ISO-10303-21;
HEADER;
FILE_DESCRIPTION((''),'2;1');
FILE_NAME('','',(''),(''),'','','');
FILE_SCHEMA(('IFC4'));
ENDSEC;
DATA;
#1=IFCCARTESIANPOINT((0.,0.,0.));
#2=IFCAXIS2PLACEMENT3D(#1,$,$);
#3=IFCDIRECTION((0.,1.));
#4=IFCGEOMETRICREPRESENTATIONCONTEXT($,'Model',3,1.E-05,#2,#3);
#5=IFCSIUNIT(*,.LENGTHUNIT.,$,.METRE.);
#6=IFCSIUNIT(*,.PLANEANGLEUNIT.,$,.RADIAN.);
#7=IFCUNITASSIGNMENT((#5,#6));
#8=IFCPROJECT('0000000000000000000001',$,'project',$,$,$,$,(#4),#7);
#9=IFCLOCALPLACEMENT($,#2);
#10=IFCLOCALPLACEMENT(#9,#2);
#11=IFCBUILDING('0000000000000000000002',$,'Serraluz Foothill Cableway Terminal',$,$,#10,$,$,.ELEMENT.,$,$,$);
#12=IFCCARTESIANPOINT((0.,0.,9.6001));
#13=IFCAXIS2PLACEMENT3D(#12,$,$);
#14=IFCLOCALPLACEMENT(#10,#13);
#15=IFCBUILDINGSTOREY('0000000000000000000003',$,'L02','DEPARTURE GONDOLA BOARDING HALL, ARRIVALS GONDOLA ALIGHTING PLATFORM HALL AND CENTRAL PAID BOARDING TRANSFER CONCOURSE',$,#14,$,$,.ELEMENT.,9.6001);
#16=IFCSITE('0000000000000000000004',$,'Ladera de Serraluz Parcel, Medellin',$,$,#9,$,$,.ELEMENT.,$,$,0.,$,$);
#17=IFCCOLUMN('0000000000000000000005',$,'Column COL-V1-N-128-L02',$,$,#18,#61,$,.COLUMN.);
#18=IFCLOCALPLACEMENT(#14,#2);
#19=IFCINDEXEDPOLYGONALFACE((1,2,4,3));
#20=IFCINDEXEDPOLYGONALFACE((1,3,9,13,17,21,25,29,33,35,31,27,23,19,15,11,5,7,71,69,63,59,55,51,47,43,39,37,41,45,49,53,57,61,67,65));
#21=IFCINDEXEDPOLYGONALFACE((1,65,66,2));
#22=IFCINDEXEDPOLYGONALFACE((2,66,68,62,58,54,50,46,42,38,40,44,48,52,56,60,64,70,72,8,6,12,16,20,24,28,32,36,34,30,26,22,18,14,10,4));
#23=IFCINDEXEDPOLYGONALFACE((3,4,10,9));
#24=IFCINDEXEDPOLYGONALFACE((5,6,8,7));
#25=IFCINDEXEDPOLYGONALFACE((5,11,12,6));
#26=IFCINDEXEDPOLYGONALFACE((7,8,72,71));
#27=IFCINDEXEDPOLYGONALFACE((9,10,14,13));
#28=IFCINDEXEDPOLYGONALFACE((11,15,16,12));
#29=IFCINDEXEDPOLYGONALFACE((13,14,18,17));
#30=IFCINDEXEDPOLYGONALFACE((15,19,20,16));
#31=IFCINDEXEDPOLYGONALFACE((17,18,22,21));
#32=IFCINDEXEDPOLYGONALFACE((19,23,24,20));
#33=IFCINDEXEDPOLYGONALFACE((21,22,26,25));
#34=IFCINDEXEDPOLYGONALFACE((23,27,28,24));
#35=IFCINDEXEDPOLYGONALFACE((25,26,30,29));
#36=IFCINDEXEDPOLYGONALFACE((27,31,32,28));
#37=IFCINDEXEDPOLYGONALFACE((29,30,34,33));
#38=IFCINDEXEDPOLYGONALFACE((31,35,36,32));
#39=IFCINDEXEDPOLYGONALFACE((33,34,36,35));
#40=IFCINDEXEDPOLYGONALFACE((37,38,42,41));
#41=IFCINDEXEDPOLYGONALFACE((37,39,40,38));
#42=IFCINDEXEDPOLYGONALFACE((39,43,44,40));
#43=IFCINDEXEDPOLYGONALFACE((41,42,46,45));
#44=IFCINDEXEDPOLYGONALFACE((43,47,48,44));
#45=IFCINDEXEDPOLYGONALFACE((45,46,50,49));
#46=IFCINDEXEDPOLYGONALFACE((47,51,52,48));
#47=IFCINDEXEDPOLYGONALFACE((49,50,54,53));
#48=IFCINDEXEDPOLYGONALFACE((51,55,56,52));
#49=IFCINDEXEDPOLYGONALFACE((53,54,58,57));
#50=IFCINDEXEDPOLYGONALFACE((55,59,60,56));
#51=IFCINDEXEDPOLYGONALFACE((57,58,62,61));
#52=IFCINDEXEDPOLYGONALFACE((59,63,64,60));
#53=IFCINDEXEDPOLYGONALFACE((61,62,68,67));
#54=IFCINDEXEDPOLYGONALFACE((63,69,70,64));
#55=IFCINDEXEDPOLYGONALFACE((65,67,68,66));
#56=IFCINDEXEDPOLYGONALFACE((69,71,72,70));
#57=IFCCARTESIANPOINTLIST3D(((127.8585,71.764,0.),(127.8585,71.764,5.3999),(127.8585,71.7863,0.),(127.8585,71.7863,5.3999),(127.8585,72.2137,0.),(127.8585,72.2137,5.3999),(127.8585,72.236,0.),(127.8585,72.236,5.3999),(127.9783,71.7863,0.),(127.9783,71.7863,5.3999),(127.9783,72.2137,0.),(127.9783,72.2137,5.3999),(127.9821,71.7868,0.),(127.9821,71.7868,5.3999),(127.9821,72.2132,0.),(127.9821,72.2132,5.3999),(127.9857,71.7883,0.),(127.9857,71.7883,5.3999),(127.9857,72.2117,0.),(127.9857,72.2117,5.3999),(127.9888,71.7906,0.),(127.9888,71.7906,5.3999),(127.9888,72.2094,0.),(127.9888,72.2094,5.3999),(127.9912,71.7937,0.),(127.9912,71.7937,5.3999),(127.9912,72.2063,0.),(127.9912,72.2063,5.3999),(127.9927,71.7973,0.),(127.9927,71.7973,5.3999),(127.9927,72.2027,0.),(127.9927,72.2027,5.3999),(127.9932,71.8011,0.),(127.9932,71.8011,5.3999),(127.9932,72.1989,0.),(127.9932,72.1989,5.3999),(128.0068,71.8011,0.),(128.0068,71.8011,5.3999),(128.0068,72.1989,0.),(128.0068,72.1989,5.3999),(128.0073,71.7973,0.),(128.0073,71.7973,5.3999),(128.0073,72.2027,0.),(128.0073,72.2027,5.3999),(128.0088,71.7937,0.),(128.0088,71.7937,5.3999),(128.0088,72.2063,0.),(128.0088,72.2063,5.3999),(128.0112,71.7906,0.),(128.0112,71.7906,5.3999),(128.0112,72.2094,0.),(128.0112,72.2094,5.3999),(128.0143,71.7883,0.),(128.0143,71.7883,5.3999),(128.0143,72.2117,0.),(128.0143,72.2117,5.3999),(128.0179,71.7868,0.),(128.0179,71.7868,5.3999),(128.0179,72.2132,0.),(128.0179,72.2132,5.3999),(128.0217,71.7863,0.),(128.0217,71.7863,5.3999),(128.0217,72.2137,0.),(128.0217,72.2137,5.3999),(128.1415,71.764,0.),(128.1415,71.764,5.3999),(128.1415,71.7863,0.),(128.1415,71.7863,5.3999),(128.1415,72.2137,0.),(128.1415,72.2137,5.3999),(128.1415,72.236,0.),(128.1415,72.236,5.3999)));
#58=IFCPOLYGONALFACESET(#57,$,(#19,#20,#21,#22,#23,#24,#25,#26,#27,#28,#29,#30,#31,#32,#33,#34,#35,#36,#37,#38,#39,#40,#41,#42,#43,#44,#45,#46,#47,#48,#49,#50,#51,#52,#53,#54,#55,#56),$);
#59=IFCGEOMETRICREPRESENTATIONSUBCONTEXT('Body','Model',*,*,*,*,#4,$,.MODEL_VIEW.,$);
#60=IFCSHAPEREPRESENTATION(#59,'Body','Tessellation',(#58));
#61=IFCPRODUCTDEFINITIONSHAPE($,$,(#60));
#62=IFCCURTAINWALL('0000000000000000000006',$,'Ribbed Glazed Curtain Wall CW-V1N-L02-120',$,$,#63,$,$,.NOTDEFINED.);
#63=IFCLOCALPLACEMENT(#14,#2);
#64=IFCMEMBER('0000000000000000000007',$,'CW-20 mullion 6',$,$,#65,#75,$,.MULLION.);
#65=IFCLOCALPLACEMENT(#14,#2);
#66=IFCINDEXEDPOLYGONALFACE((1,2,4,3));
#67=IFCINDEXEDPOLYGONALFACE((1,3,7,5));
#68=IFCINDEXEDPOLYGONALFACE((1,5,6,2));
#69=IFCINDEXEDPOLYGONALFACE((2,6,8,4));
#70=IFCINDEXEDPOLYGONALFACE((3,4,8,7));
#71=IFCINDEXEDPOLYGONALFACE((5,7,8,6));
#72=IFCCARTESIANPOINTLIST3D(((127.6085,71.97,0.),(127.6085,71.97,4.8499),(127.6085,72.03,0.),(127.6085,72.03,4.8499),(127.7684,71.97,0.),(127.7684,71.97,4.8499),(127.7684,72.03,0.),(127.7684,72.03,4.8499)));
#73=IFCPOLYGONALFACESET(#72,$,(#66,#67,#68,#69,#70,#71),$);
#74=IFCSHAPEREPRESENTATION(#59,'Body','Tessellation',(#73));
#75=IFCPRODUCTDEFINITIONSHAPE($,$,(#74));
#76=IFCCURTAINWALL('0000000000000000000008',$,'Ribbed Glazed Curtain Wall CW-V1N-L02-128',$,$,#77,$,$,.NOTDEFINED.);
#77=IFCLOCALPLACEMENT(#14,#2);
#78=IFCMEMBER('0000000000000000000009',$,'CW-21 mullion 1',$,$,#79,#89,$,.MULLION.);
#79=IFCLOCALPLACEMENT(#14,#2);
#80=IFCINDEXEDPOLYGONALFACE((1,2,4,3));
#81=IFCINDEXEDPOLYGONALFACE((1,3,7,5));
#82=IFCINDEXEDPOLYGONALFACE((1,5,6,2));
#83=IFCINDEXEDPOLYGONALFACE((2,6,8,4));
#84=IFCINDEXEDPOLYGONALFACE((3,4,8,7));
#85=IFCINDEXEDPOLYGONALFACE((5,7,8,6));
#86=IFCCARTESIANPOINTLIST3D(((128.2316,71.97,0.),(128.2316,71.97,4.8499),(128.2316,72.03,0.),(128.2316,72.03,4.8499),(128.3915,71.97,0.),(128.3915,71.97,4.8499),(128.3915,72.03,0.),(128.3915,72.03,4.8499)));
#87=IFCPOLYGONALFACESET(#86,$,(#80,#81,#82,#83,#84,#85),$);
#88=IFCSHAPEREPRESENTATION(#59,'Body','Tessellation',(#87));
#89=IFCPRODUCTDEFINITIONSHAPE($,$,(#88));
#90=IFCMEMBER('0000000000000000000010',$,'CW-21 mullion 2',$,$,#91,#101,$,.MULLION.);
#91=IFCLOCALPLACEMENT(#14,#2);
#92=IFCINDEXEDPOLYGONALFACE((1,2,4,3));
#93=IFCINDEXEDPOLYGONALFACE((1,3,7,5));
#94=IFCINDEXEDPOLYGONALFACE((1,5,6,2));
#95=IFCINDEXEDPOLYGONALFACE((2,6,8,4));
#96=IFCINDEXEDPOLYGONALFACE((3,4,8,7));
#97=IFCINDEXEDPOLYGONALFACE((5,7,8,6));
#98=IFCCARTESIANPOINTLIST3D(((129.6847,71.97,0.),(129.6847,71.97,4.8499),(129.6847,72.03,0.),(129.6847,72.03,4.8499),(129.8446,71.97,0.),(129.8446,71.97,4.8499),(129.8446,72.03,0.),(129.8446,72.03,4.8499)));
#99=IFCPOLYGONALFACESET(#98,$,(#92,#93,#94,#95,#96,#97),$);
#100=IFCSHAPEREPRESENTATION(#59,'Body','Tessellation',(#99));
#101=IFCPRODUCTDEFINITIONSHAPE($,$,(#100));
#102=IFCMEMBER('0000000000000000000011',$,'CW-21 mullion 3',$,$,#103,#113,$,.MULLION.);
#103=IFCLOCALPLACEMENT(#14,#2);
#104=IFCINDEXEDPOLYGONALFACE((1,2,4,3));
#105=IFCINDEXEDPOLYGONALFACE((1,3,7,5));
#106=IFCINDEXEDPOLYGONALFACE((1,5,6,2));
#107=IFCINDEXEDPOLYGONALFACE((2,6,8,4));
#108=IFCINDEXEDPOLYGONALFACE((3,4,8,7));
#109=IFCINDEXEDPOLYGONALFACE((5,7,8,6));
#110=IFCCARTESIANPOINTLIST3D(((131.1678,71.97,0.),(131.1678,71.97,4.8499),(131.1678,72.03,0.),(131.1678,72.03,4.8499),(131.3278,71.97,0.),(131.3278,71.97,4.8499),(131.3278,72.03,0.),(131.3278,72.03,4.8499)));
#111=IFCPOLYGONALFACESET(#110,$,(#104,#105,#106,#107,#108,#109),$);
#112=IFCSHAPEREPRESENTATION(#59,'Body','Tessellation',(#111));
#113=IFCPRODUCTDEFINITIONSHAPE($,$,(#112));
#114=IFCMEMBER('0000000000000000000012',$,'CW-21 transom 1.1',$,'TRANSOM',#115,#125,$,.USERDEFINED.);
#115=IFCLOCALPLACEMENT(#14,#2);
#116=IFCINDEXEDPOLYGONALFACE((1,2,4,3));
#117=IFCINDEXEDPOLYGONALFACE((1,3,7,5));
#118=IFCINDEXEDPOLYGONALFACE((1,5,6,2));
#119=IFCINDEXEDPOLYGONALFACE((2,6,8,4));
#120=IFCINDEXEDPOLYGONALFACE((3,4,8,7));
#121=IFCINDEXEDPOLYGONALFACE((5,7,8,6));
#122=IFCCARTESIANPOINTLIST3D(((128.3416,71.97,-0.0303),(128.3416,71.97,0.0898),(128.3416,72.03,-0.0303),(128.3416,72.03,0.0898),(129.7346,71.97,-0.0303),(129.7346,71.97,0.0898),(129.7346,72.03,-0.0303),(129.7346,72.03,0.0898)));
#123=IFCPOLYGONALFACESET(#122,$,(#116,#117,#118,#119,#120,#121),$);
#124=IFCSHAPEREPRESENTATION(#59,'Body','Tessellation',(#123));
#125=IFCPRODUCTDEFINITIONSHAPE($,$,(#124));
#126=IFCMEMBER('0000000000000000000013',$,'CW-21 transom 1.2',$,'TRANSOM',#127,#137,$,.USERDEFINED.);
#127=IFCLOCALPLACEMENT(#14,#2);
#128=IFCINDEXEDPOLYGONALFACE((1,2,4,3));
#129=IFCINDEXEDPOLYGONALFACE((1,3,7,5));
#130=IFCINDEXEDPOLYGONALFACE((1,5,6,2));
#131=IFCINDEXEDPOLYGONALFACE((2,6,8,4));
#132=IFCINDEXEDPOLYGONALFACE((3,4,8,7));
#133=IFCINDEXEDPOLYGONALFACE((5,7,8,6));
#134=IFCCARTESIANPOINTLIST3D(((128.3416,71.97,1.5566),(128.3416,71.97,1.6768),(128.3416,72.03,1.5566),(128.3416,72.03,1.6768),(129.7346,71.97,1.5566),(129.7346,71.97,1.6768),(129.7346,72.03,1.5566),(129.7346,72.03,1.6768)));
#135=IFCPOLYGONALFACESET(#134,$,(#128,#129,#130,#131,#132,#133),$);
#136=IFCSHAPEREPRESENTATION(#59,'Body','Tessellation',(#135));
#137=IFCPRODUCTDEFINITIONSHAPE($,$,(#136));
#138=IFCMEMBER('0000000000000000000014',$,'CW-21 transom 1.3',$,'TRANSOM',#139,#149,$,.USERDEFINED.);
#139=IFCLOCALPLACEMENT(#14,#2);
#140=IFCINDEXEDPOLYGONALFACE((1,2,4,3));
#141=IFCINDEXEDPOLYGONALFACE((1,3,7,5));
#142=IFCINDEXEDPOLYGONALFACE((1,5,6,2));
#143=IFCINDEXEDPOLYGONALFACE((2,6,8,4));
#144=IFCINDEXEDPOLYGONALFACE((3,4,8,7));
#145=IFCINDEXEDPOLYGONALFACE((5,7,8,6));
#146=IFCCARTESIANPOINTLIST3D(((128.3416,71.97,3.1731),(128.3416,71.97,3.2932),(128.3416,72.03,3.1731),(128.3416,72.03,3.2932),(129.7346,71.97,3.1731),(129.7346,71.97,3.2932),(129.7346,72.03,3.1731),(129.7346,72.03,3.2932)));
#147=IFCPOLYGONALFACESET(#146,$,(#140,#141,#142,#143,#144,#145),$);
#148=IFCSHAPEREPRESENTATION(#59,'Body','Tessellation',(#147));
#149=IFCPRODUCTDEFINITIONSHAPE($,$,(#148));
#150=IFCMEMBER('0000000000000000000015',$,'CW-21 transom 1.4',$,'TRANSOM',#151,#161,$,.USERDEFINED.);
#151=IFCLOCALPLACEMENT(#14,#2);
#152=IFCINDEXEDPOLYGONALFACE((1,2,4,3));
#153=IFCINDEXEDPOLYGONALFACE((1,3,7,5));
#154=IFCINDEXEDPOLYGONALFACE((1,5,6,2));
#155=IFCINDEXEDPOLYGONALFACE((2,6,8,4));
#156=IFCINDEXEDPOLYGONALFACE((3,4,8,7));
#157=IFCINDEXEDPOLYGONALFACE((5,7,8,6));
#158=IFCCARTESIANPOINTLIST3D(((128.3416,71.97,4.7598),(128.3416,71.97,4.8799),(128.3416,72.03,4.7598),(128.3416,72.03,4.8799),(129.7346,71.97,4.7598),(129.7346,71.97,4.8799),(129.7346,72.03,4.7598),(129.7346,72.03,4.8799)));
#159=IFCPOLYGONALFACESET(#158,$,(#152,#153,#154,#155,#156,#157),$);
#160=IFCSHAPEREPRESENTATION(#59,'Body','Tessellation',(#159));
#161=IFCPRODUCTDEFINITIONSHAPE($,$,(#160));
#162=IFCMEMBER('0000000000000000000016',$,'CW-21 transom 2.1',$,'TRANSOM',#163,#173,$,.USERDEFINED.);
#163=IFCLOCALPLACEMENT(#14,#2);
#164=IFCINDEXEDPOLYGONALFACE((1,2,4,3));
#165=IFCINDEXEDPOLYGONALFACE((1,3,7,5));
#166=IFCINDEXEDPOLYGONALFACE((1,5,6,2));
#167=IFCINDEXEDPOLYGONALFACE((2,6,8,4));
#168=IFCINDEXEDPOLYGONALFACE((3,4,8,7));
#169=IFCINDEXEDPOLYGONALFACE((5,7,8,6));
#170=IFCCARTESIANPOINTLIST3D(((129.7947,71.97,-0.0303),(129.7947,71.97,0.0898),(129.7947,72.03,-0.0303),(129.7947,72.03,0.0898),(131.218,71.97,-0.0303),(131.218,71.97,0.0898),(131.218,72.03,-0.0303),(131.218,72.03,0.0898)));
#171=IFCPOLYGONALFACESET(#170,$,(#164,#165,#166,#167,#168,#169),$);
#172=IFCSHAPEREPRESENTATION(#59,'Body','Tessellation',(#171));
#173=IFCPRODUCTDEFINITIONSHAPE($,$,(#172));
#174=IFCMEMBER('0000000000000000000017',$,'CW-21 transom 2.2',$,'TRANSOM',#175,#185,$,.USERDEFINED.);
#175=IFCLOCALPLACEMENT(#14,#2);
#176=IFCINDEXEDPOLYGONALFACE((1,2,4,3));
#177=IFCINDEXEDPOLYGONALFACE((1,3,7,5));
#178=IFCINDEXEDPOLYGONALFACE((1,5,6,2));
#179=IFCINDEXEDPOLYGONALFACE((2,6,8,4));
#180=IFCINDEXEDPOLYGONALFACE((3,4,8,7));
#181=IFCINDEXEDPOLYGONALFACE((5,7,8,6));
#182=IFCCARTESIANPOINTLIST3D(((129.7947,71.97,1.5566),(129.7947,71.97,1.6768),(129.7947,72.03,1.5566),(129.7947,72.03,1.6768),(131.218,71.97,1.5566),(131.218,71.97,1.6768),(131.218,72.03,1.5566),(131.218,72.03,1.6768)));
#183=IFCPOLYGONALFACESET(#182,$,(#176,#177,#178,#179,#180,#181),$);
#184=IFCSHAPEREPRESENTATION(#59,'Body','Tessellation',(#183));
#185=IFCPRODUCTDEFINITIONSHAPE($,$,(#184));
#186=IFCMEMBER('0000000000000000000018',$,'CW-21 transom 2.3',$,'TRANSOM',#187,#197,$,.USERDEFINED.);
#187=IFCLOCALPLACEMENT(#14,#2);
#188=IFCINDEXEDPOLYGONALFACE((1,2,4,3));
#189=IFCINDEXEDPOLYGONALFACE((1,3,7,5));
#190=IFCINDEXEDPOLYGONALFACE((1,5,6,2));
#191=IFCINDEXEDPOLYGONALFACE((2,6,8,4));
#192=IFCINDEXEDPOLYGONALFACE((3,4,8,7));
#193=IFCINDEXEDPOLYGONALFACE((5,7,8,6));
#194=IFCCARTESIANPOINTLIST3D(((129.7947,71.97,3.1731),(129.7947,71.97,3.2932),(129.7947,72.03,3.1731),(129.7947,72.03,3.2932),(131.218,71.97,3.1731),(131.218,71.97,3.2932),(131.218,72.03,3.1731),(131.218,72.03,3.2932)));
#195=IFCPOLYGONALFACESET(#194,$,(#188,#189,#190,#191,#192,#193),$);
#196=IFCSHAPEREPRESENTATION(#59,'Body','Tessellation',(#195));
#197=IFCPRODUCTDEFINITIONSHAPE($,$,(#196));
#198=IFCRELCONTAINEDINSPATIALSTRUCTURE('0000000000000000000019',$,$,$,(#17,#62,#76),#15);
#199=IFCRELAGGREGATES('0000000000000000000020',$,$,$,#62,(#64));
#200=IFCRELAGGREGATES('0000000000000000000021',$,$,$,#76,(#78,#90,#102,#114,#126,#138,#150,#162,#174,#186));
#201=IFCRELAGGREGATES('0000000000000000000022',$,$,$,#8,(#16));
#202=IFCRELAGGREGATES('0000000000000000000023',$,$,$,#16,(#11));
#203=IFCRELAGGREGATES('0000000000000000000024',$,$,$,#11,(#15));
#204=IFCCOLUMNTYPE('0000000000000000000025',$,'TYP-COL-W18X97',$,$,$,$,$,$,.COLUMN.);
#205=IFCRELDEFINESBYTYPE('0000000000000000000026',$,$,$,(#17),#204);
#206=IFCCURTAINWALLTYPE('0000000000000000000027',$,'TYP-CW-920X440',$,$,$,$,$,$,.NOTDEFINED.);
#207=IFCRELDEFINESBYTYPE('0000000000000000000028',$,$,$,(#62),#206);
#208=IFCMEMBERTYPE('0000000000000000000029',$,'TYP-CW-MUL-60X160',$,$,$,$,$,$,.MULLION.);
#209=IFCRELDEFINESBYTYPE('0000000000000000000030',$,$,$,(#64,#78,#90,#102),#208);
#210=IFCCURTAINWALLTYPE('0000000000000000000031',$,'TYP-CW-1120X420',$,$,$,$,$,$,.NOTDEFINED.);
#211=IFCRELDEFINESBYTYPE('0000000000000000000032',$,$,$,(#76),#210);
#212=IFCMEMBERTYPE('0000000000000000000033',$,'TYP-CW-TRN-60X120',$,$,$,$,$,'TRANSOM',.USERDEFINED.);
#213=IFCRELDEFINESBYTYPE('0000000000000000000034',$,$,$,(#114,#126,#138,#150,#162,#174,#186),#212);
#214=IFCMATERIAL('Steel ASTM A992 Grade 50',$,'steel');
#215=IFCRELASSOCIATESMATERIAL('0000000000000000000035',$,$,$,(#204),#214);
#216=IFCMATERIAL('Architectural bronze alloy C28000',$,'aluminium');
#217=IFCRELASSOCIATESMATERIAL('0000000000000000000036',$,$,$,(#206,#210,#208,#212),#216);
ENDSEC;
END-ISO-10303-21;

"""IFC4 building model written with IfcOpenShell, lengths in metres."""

from ifc_helpers import new_model, si_unit, direction, frame, origin, origin_2d, place, context, subcontext, project, spatial, rectangle, i_section, extrude, material, material_profile, profile_set, type_object, element, aggregate, save


model = new_model("IFC4")

# Units and contexts
model_context = context("Model", 3, precision=1e-05, world=origin(), true_north=direction((0.0, 1.0)))
body_context = subcontext(model_context, "Body", "Model", "MODEL_VIEW")
ifc_project = project(units=[si_unit("LENGTHUNIT", "METRE"), si_unit("PLANEANGLEUNIT", "RADIAN")], contexts=[model_context])

# Site, building, storey
site_placement = place(None, origin())
site = spatial("IfcSite", under=ifc_project, at=site_placement, Name="Ladera de Serraluz Parcel, Medellin", CompositionType="ELEMENT", RefElevation=0.0)
building_placement = place(site_placement, origin())
building = spatial("IfcBuilding", under=site, at=building_placement, Name="Serraluz Foothill Cableway Terminal", CompositionType="ELEMENT")
storey_placement = place(building_placement, frame((0.0, 0.0, 9.6001)))
storey = spatial("IfcBuildingStorey", under=building, at=storey_placement, Name="L02", Description="DEPARTURE GONDOLA BOARDING HALL, ARRIVALS GONDOLA ALIGHTING PLATFORM HALL AND CENTRAL PAID BOARDING TRANSFER CONCOURSE", CompositionType="ELEMENT", Elevation=9.6001)

# Column
ifc_material_1 = material(Name="Steel ASTM A992 Grade 50", Category="steel")
ifc_material_profile_1 = material_profile(ifc_material_1, i_section(OverallWidth=0.283, OverallDepth=0.4719, WebThickness=0.0137, FlangeThickness=0.0222, FilletRadius=0.0149, at=origin_2d()), Name="W18X97")
ifc_profile_set_1 = profile_set([ifc_material_profile_1], Name="Steel ASTM A992 Grade 50")
column_type = type_object("IfcColumnType", Name="TYP-COL-W18X97", PredefinedType="COLUMN", material=ifc_profile_set_1)
column_placement = place(storey_placement, frame((128.0, 72.0, 0.0), z_axis=(0.0, 0.0, 1.0), x_axis=(1.0, 0.0, 0.0)))
element("IfcColumn", 1, at=column_placement, inside=storey, type_object=column_type, Name="Column COL-V1-N-128-L02", PredefinedType="COLUMN", context=body_context, shape_type="SweptSolid", body=[
    extrude(i_section(OverallWidth=0.283, OverallDepth=0.4719, WebThickness=0.0137, FlangeThickness=0.0222, FilletRadius=0.0149, at=origin_2d()), origin(), (0.0, 0.0, 1.0), 5.3999),
])

# Curtain wall, member
ifc_material_2 = material(Name="Architectural bronze alloy C28000", Category="aluminium")
curtain_wall_type_1 = type_object("IfcCurtainWallType", Name="TYP-CW-920X440", PredefinedType="NOTDEFINED", material=ifc_material_2)
curtain_wall_1_placement = place(storey_placement, origin())
curtain_wall_1 = element("IfcCurtainWall", 2, at=curtain_wall_1_placement, inside=storey, type_object=curtain_wall_type_1, Name="Ribbed Glazed Curtain Wall CW-V1N-L02-120", PredefinedType="NOTDEFINED")
ifc_material_profile_2 = material_profile(ifc_material_2, rectangle(XDim=0.0601, YDim=0.1599, at=origin_2d()), Name="ALU MULLION 60x160")
ifc_profile_set_2 = profile_set([ifc_material_profile_2], Name="Architectural bronze alloy C28000")
member_type_1 = type_object("IfcMemberType", Name="TYP-CW-MUL-60X160", PredefinedType="MULLION", material=ifc_profile_set_2)
member_1_placement = place(storey_placement, frame((127.6885, 72.0, 0.0), z_axis=(0.0, 0.0, 1.0), x_axis=(0.0, 1.0, 0.0)))
member_1 = element("IfcMember", 3, at=member_1_placement, type_object=member_type_1, Name="CW-20 mullion 6", PredefinedType="MULLION", context=body_context, shape_type="SweptSolid", body=[
    extrude(rectangle(XDim=0.0601, YDim=0.1599, at=origin_2d()), origin(), (0.0, 0.0, 1.0), 4.8499),
])

# Curtain wall, members
curtain_wall_type_2 = type_object("IfcCurtainWallType", Name="TYP-CW-1120X420", PredefinedType="NOTDEFINED", material=ifc_material_2)
curtain_wall_2_placement = place(storey_placement, origin())
curtain_wall_2 = element("IfcCurtainWall", 4, at=curtain_wall_2_placement, inside=storey, type_object=curtain_wall_type_2, Name="Ribbed Glazed Curtain Wall CW-V1N-L02-128", PredefinedType="NOTDEFINED")
member_2_placement = place(storey_placement, frame((128.3115, 72.0, 0.0), z_axis=(0.0, 0.0, 1.0), x_axis=(0.0, 1.0, 0.0)))
member_2 = element("IfcMember", 5, at=member_2_placement, type_object=member_type_1, Name="CW-21 mullion 1", PredefinedType="MULLION", context=body_context, shape_type="SweptSolid", body=[
    extrude(rectangle(XDim=0.0601, YDim=0.1599, at=origin_2d()), origin(), (0.0, 0.0, 1.0), 4.8499),
])
member_3_placement = place(storey_placement, frame((129.7646, 72.0, 0.0), z_axis=(0.0, 0.0, 1.0), x_axis=(0.0, 1.0, 0.0)))
member_3 = element("IfcMember", 6, at=member_3_placement, type_object=member_type_1, Name="CW-21 mullion 2", PredefinedType="MULLION", context=body_context, shape_type="SweptSolid", body=[
    extrude(rectangle(XDim=0.0601, YDim=0.1599, at=origin_2d()), origin(), (0.0, 0.0, 1.0), 4.8499),
])
member_4_placement = place(storey_placement, frame((131.2478, 72.0, 0.0), z_axis=(0.0, 0.0, 1.0), x_axis=(0.0, 1.0, 0.0)))
member_4 = element("IfcMember", 7, at=member_4_placement, type_object=member_type_1, Name="CW-21 mullion 3", PredefinedType="MULLION", context=body_context, shape_type="SweptSolid", body=[
    extrude(rectangle(XDim=0.0601, YDim=0.1599, at=origin_2d()), origin(), (0.0, 0.0, 1.0), 4.8499),
])
ifc_material_profile_3 = material_profile(ifc_material_2, rectangle(XDim=0.0601, YDim=0.1201, at=origin_2d()), Name="ALU TRANSOM 60x120")
ifc_profile_set_3 = profile_set([ifc_material_profile_3], Name="Architectural bronze alloy C28000")
member_type_2 = type_object("IfcMemberType", Name="TYP-CW-TRN-60X120", ElementType="TRANSOM", PredefinedType="USERDEFINED", material=ifc_profile_set_3)
member_5_placement = place(storey_placement, frame((128.3416, 72.0, 0.0298), z_axis=(1.0, 0.0, 0.0), x_axis=(0.0, 1.0, 0.0)))
member_5 = element("IfcMember", 8, at=member_5_placement, type_object=member_type_2, Name="CW-21 transom 1.1", ObjectType="TRANSOM", PredefinedType="USERDEFINED", context=body_context, shape_type="SweptSolid", body=[
    extrude(rectangle(XDim=0.0601, YDim=0.1201, at=origin_2d()), origin(), (0.0, 0.0, 1.0), 1.3931),
])
member_6_placement = place(storey_placement, frame((128.3416, 72.0, 1.6167), z_axis=(1.0, 0.0, 0.0), x_axis=(0.0, 1.0, 0.0)))
member_6 = element("IfcMember", 9, at=member_6_placement, type_object=member_type_2, Name="CW-21 transom 1.2", ObjectType="TRANSOM", PredefinedType="USERDEFINED", context=body_context, shape_type="SweptSolid", body=[
    extrude(rectangle(XDim=0.0601, YDim=0.1201, at=origin_2d()), origin(), (0.0, 0.0, 1.0), 1.3931),
])
member_7_placement = place(storey_placement, frame((128.3416, 72.0, 3.2332), z_axis=(1.0, 0.0, 0.0), x_axis=(0.0, 1.0, 0.0)))
member_7 = element("IfcMember", 10, at=member_7_placement, type_object=member_type_2, Name="CW-21 transom 1.3", ObjectType="TRANSOM", PredefinedType="USERDEFINED", context=body_context, shape_type="SweptSolid", body=[
    extrude(rectangle(XDim=0.0601, YDim=0.1201, at=origin_2d()), origin(), (0.0, 0.0, 1.0), 1.3931),
])
member_8_placement = place(storey_placement, frame((128.3416, 72.0, 4.8198), z_axis=(1.0, 0.0, 0.0), x_axis=(0.0, 1.0, 0.0)))
member_8 = element("IfcMember", 11, at=member_8_placement, type_object=member_type_2, Name="CW-21 transom 1.4", ObjectType="TRANSOM", PredefinedType="USERDEFINED", context=body_context, shape_type="SweptSolid", body=[
    extrude(rectangle(XDim=0.0601, YDim=0.1201, at=origin_2d()), origin(), (0.0, 0.0, 1.0), 1.3931),
])
member_9_placement = place(storey_placement, frame((129.7947, 72.0, 0.0298), z_axis=(1.0, 0.0, 0.0), x_axis=(0.0, 1.0, 0.0)))
member_9 = element("IfcMember", 12, at=member_9_placement, type_object=member_type_2, Name="CW-21 transom 2.1", ObjectType="TRANSOM", PredefinedType="USERDEFINED", context=body_context, shape_type="SweptSolid", body=[
    extrude(rectangle(XDim=0.0601, YDim=0.1201, at=origin_2d()), origin(), (0.0, 0.0, 1.0), 1.4233),
])
member_10_placement = place(storey_placement, frame((129.7947, 72.0, 1.6167), z_axis=(1.0, 0.0, 0.0), x_axis=(0.0, 1.0, 0.0)))
member_10 = element("IfcMember", 13, at=member_10_placement, type_object=member_type_2, Name="CW-21 transom 2.2", ObjectType="TRANSOM", PredefinedType="USERDEFINED", context=body_context, shape_type="SweptSolid", body=[
    extrude(rectangle(XDim=0.0601, YDim=0.1201, at=origin_2d()), origin(), (0.0, 0.0, 1.0), 1.4233),
])
member_11_placement = place(storey_placement, frame((129.7947, 72.0, 3.2332), z_axis=(1.0, 0.0, 0.0), x_axis=(0.0, 1.0, 0.0)))
member_11 = element("IfcMember", 14, at=member_11_placement, type_object=member_type_2, Name="CW-21 transom 2.3", ObjectType="TRANSOM", PredefinedType="USERDEFINED", context=body_context, shape_type="SweptSolid", body=[
    extrude(rectangle(XDim=0.0601, YDim=0.1201, at=origin_2d()), origin(), (0.0, 0.0, 1.0), 1.4233),
])

aggregate(curtain_wall_1, [member_1])
aggregate(curtain_wall_2, [member_2, member_3, member_4, member_5, member_6, member_7, member_8, member_9, member_10, member_11])

save(model, "model.ifc")
